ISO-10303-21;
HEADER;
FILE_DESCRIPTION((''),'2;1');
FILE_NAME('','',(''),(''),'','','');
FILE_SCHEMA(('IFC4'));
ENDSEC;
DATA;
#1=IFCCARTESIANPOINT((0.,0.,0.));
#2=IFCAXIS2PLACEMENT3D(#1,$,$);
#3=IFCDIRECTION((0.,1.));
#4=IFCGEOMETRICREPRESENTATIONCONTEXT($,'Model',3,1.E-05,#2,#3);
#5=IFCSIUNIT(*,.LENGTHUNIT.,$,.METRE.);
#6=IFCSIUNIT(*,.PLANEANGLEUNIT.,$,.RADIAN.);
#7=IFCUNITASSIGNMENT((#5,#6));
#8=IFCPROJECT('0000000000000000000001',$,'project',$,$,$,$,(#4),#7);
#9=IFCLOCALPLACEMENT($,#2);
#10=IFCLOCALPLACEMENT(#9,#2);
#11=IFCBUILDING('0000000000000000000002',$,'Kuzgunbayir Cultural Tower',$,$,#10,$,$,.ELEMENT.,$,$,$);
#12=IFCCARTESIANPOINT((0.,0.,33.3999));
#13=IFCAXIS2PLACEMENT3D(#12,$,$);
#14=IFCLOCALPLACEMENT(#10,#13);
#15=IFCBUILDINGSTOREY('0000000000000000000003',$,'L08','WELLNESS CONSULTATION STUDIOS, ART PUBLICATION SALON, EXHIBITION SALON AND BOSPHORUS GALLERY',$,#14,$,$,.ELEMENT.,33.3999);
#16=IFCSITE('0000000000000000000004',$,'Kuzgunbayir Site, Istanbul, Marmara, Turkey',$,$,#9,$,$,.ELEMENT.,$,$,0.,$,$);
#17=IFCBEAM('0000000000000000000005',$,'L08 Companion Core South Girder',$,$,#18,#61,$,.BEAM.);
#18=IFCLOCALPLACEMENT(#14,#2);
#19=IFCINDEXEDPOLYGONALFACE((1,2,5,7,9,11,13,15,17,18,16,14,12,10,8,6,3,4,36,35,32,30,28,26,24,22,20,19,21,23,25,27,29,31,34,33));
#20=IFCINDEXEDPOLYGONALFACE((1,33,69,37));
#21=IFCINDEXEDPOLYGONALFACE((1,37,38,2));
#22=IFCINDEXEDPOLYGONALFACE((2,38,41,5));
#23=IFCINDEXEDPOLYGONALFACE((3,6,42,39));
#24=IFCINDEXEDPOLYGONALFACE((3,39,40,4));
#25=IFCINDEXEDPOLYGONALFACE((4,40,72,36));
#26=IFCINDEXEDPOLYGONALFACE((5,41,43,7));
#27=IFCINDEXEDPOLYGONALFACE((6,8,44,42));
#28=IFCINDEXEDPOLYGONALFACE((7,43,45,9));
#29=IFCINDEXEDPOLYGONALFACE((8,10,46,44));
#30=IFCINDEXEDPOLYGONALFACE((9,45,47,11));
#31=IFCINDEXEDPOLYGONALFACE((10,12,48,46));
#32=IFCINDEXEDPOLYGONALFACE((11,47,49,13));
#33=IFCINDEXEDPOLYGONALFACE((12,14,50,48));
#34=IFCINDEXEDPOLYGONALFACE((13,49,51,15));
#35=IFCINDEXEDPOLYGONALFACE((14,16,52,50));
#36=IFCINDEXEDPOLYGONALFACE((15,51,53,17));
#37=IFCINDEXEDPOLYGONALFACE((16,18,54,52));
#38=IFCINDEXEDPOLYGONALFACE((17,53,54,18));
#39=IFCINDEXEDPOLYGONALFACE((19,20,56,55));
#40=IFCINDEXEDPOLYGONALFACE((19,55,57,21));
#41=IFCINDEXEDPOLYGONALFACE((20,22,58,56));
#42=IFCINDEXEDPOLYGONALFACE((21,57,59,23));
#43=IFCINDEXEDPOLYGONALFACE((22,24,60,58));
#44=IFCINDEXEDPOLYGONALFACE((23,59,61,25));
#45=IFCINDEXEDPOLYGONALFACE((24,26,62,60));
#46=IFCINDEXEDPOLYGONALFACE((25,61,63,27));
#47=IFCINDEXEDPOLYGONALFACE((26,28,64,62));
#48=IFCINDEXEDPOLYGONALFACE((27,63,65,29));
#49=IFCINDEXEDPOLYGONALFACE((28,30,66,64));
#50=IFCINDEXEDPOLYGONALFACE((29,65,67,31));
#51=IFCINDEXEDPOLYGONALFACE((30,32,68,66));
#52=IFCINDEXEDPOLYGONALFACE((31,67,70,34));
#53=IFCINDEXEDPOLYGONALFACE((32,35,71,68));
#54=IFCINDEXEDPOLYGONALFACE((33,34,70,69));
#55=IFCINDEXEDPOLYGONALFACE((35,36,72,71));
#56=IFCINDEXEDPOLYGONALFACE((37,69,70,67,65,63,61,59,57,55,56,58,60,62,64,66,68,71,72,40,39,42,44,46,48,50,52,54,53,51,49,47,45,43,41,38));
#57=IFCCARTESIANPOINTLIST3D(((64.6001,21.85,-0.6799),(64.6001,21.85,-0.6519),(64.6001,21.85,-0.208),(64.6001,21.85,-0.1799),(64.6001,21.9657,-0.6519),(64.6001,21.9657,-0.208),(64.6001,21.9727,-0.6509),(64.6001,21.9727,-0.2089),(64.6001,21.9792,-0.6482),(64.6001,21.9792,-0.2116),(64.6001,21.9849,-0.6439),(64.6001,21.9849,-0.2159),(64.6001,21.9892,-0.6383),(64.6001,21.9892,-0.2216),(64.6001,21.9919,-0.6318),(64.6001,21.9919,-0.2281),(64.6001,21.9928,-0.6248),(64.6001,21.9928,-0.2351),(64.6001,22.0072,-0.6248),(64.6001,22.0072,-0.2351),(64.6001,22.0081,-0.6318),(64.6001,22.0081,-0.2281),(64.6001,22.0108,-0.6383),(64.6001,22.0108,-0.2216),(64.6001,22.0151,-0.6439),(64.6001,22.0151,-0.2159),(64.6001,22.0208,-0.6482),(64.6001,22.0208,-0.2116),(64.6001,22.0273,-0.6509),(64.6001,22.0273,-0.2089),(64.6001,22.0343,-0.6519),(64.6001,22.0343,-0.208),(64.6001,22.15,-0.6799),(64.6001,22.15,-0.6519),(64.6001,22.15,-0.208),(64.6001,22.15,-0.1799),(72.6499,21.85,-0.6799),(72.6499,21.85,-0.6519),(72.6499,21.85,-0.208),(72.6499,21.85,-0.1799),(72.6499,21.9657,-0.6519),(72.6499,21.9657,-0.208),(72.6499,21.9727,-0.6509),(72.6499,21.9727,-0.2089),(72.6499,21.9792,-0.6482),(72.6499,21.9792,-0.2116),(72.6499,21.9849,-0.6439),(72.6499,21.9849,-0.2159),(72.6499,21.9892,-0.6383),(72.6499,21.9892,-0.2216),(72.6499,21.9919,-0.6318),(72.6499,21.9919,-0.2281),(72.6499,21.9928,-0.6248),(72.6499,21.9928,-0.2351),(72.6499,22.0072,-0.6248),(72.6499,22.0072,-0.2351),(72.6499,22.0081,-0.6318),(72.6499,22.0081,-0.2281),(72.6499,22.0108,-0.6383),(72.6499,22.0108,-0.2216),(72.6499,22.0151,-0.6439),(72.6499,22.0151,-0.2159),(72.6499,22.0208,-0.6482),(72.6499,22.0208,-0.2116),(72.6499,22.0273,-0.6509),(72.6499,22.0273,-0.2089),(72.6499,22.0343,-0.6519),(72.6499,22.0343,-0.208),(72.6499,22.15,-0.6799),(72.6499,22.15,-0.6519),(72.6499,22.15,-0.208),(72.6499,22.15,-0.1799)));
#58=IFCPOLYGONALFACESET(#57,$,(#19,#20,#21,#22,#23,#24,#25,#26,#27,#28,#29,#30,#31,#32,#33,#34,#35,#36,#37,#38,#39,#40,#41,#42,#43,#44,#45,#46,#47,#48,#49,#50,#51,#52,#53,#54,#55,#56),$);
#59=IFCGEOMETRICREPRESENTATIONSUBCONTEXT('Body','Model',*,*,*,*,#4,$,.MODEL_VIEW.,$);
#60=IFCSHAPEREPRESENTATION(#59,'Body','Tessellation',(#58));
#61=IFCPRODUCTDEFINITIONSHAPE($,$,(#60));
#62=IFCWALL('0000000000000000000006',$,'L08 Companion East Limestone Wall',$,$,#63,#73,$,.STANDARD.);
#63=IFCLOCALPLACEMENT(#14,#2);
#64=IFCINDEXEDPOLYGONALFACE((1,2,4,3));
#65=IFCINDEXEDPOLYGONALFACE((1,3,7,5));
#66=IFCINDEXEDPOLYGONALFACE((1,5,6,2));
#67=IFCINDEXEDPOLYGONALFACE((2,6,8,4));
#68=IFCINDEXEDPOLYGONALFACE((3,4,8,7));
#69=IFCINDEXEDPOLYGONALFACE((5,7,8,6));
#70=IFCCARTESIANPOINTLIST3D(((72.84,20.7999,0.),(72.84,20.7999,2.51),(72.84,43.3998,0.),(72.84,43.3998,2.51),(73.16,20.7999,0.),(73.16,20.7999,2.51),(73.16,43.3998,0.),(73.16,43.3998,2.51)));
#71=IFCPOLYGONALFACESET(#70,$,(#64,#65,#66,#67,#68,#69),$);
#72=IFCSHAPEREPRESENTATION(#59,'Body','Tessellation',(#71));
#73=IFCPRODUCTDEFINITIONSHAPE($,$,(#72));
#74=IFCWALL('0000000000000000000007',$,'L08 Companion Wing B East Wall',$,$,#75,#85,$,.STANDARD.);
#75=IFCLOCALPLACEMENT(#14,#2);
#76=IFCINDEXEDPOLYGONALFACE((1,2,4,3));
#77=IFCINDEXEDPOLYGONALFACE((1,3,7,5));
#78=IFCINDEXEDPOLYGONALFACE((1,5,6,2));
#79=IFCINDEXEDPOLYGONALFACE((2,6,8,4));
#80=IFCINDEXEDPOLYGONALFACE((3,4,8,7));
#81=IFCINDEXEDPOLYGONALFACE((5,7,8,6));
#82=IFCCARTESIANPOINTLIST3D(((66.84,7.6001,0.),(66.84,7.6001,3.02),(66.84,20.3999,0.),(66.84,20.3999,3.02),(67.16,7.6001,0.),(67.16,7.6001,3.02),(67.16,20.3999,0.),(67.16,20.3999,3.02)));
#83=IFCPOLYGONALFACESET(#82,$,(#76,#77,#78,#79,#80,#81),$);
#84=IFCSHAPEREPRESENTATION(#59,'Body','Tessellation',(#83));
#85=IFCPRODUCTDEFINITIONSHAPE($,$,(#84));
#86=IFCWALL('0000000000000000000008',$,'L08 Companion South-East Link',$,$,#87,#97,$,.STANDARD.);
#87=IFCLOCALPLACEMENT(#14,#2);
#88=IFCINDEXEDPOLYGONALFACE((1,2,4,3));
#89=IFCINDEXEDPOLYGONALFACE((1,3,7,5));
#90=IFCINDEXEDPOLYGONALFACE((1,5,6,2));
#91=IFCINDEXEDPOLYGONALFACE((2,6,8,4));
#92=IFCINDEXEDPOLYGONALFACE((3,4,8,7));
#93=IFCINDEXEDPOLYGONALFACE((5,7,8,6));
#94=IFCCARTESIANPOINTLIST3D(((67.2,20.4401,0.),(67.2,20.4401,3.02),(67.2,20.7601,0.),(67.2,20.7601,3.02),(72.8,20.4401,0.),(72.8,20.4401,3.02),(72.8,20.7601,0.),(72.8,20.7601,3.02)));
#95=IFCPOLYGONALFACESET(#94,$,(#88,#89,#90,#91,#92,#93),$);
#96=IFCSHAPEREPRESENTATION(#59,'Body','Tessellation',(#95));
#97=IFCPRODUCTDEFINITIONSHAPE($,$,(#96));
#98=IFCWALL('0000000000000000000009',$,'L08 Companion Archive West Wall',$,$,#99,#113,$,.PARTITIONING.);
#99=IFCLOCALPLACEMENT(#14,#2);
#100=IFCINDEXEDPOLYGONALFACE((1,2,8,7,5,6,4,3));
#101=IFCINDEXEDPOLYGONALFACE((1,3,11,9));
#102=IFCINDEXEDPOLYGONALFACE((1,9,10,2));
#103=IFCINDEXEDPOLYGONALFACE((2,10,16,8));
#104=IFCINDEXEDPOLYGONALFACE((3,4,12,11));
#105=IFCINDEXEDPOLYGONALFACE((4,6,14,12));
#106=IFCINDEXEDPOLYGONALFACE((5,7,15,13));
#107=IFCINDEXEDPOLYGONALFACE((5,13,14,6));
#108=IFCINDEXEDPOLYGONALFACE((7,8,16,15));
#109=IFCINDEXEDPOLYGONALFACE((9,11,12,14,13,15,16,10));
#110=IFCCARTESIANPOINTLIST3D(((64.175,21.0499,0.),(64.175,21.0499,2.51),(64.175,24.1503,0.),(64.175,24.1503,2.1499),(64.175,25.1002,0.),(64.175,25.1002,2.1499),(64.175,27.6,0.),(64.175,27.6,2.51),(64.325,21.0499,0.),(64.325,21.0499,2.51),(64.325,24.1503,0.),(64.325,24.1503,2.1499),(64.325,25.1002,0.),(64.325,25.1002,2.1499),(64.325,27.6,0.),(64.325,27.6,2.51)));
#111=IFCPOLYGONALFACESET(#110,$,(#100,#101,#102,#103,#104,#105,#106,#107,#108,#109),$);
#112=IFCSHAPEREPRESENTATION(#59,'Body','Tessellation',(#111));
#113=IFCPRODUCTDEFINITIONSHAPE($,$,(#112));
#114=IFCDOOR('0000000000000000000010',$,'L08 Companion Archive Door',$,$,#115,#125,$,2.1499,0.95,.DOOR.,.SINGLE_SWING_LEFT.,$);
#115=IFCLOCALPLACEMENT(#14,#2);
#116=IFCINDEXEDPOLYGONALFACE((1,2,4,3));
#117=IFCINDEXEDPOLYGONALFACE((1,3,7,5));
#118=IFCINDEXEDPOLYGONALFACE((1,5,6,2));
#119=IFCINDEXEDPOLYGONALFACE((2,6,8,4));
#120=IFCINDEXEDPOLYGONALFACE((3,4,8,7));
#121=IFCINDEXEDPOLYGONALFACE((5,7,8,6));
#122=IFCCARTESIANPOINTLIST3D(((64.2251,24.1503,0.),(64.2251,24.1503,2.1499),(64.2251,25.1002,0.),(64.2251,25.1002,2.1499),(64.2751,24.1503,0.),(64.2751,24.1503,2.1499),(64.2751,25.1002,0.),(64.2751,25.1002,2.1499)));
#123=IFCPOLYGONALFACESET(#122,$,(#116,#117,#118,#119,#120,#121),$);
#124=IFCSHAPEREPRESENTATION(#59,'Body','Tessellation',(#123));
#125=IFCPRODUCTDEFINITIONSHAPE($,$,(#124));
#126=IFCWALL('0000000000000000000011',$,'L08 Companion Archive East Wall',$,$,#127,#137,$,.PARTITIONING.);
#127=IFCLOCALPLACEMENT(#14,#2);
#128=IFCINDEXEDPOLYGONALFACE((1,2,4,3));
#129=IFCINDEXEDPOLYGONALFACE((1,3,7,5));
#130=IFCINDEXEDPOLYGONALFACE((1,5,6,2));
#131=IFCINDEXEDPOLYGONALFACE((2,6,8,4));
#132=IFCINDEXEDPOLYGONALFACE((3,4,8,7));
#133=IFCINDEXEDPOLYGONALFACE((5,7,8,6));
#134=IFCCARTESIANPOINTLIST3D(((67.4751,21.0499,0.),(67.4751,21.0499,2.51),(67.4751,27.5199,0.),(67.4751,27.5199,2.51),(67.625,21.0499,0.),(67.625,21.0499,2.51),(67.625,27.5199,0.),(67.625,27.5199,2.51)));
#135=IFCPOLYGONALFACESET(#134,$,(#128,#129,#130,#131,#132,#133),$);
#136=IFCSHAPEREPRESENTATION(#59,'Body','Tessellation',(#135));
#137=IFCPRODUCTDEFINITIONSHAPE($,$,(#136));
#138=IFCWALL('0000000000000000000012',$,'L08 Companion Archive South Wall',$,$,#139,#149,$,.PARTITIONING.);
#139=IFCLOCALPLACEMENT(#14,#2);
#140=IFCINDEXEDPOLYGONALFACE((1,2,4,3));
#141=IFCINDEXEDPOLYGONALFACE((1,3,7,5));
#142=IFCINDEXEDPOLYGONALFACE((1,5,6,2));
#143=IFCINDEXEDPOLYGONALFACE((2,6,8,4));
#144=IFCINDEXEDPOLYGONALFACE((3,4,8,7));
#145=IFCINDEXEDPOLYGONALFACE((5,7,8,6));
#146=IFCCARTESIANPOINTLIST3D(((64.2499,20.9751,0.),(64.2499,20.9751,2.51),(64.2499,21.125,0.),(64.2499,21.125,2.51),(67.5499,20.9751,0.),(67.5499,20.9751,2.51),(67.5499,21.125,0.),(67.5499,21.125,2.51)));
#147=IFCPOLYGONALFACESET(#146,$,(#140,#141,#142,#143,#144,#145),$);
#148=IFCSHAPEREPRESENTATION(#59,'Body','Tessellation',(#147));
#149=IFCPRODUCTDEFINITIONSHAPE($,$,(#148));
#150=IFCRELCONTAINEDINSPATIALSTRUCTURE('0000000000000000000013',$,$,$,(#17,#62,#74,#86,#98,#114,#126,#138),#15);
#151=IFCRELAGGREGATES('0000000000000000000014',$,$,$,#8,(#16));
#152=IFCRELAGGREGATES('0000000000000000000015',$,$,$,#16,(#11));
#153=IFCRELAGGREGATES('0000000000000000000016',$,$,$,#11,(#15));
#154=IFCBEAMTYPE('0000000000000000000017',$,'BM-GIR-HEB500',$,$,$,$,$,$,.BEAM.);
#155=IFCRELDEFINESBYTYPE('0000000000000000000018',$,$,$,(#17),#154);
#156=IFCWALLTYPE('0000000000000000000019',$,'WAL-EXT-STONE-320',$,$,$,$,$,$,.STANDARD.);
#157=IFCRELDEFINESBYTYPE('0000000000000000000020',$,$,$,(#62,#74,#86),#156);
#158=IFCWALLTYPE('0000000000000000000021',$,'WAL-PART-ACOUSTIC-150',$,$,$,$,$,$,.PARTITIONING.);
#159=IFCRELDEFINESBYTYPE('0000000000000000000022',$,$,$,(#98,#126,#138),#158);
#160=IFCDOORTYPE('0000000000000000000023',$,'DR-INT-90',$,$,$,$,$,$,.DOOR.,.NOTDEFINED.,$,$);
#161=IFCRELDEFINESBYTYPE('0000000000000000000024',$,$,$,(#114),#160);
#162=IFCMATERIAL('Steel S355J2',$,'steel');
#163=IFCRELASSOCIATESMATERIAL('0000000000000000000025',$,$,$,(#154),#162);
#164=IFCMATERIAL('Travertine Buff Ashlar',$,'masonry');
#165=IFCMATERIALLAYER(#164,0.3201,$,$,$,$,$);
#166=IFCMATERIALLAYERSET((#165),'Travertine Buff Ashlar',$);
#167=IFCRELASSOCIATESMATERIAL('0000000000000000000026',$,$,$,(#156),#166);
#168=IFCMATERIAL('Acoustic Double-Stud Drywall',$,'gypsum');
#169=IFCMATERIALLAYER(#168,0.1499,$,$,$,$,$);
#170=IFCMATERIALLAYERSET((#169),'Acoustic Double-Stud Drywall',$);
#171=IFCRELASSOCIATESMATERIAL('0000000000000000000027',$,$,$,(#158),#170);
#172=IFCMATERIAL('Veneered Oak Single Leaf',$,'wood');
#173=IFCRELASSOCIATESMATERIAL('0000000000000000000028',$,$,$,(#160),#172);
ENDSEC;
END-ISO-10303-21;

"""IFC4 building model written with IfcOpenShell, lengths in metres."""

from ifc_helpers import new_model, si_unit, direction, frame, frame_2d, origin, origin_2d, place, context, subcontext, project, spatial, rectangle, i_section, extrude, material, layer, layer_set, material_profile, profile_set, type_object, element, fill, save


model = new_model("IFC4")

# Units and contexts
model_context = context("Model", 3, precision=1e-05, world=origin(), true_north=direction((0.0, 1.0)))
body_context = subcontext(model_context, "Body", "Model", "MODEL_VIEW")
ifc_project = project(units=[si_unit("LENGTHUNIT", "METRE"), si_unit("PLANEANGLEUNIT", "RADIAN")], contexts=[model_context])

# Site, building, storey
site_placement = place(None, origin())
site = spatial("IfcSite", under=ifc_project, at=site_placement, Name="Kuzgunbayir Site, Istanbul, Marmara, Turkey", CompositionType="ELEMENT", RefElevation=0.0)
building_placement = place(site_placement, origin())
building = spatial("IfcBuilding", under=site, at=building_placement, Name="Kuzgunbayir Cultural Tower", CompositionType="ELEMENT")
storey_placement = place(building_placement, frame((0.0, 0.0, 33.3999)))
storey = spatial("IfcBuildingStorey", under=building, at=storey_placement, Name="L08", Description="WELLNESS CONSULTATION STUDIOS, ART PUBLICATION SALON, EXHIBITION SALON AND BOSPHORUS GALLERY", CompositionType="ELEMENT", Elevation=33.3999)

# Beam
ifc_material_1 = material(Name="Steel S355J2", Category="steel")
ifc_material_profile_1 = material_profile(ifc_material_1, i_section(OverallWidth=0.3, OverallDepth=0.5, WebThickness=0.0144, FlangeThickness=0.0281, FilletRadius=0.0271, at=origin_2d()), Name="HEB 500")
ifc_profile_set_1 = profile_set([ifc_material_profile_1], Name="Steel S355J2")
beam_type_1 = type_object("IfcBeamType", Name="BM-GIR-HEB500", PredefinedType="BEAM", material=ifc_profile_set_1)
beam_1_placement = place(storey_placement, frame((64.6001, 22.0, -0.4299), z_axis=(1.0, 0.0, 0.0), x_axis=(0.0, 1.0, 0.0)))
element("IfcBeam", 1, at=beam_1_placement, inside=storey, type_object=beam_type_1, Name="L08 Companion Core South Girder", PredefinedType="BEAM", context=body_context, shape_type="SweptSolid", body=[
    extrude(i_section(OverallWidth=0.3, OverallDepth=0.5, WebThickness=0.0144, FlangeThickness=0.0281, FilletRadius=0.0271, at=origin_2d()), origin(), (0.0, 0.0, 1.0), 8.0498),
])

# Walls
ifc_material_2 = material(Name="Travertine Buff Ashlar", Category="masonry")
ifc_layer_1 = layer(ifc_material_2, 0.3201)
ifc_layer_set_1 = layer_set([ifc_layer_1], Name="Travertine Buff Ashlar")
wall_type_1 = type_object("IfcWallType", Name="WAL-EXT-STONE-320", PredefinedType="STANDARD", material=ifc_layer_set_1)
wall_1_placement = place(storey_placement, frame((73.0, 20.8, 0.0), z_axis=(0.0, 0.0, 1.0), x_axis=(0.0, 1.0, 0.0)))
element("IfcWall", 2, at=wall_1_placement, inside=storey, type_object=wall_type_1, Name="L08 Companion East Limestone Wall", PredefinedType="STANDARD", context=body_context, shape_type="SweptSolid", body=[
    extrude(rectangle(XDim=22.5999, YDim=0.3201, at=frame_2d((11.2998, 0.0))), origin(), (0.0, 0.0, 1.0), 2.51),
])
wall_2_placement = place(storey_placement, frame((67.0, 7.6001, 0.0), z_axis=(0.0, 0.0, 1.0), x_axis=(0.0, 1.0, 0.0)))
element("IfcWall", 3, at=wall_2_placement, inside=storey, type_object=wall_type_1, Name="L08 Companion Wing B East Wall", PredefinedType="STANDARD", context=body_context, shape_type="SweptSolid", body=[
    extrude(rectangle(XDim=12.7998, YDim=0.3201, at=frame_2d((6.3999, 0.0))), origin(), (0.0, 0.0, 1.0), 3.02),
])
wall_3_placement = place(storey_placement, frame((67.2, 20.6001, 0.0), z_axis=(0.0, 0.0, 1.0), x_axis=(1.0, 0.0, 0.0)))
element("IfcWall", 4, at=wall_3_placement, inside=storey, type_object=wall_type_1, Name="L08 Companion South-East Link", PredefinedType="STANDARD", context=body_context, shape_type="SweptSolid", body=[
    extrude(rectangle(XDim=5.6001, YDim=0.3201, at=frame_2d((2.8, 0.0))), origin(), (0.0, 0.0, 1.0), 3.02),
])

# Wall, opening, door
ifc_material_3 = material(Name="Acoustic Double-Stud Drywall", Category="gypsum")
ifc_layer_2 = layer(ifc_material_3, 0.1499)
ifc_layer_set_2 = layer_set([ifc_layer_2], Name="Acoustic Double-Stud Drywall")
wall_type_2 = type_object("IfcWallType", Name="WAL-PART-ACOUSTIC-150", PredefinedType="PARTITIONING", material=ifc_layer_set_2)
wall_4_placement = place(storey_placement, frame((64.25, 21.05, 0.0), z_axis=(0.0, 0.0, 1.0), x_axis=(0.0, 1.0, 0.0)))
wall_4 = element("IfcWall", 5, at=wall_4_placement, inside=storey, type_object=wall_type_2, Name="L08 Companion Archive West Wall", PredefinedType="PARTITIONING", context=body_context, shape_type="SweptSolid", body=[
    extrude(rectangle(XDim=6.55, YDim=0.1499, at=frame_2d((3.2749, 0.0))), origin(), (0.0, 0.0, 1.0), 2.51),
])
opening_1_placement = place(wall_4_placement, frame((3.1001, 0.0, 0.0)))
opening_1 = element("IfcOpeningElement", 6, at=opening_1_placement, cuts=wall_4, PredefinedType="OPENING", context=body_context, shape_type="SweptSolid", body=[
    extrude(rectangle(XDim=0.95, YDim=2.1499, at=frame_2d((0.4751, 1.075))), frame((0.0, 0.085, 0.0), z_axis=(0.0, -1.0, 0.0), x_axis=(1.0, 0.0, 0.0)), (0.0, 0.0, 1.0), 0.1699),
])
ifc_material_4 = material(Name="Veneered Oak Single Leaf", Category="wood")
door_type_1 = type_object("IfcDoorType", Name="DR-INT-90", OperationType="NOTDEFINED", PredefinedType="DOOR", material=ifc_material_4)
door_1_placement = place(opening_1_placement, origin())
door_1 = element("IfcDoor", 7, at=door_1_placement, inside=storey, type_object=door_type_1, Name="L08 Companion Archive Door", OperationType="SINGLE_SWING_LEFT", OverallHeight=2.1499, OverallWidth=0.95, PredefinedType="DOOR", context=body_context, shape_type="SweptSolid", body=[
    extrude(rectangle(XDim=0.95, YDim=2.1499, at=frame_2d((0.4751, 1.075))), frame((0.0, 0.0249, 0.0), z_axis=(0.0, -1.0, 0.0), x_axis=(1.0, 0.0, 0.0)), (0.0, 0.0, 1.0), 0.05),
])
fill(opening_1, door_1)

# Walls
wall_5_placement = place(storey_placement, frame((67.55, 21.05, 0.0), z_axis=(0.0, 0.0, 1.0), x_axis=(0.0, 1.0, 0.0)))
element("IfcWall", 8, at=wall_5_placement, inside=storey, type_object=wall_type_2, Name="L08 Companion Archive East Wall", PredefinedType="PARTITIONING", context=body_context, shape_type="SweptSolid", body=[
    extrude(rectangle(XDim=6.47, YDim=0.1499, at=frame_2d((3.2349, 0.0))), origin(), (0.0, 0.0, 1.0), 2.51),
])
wall_6_placement = place(storey_placement, frame((64.25, 21.05, 0.0), z_axis=(0.0, 0.0, 1.0), x_axis=(1.0, 0.0, 0.0)))
element("IfcWall", 9, at=wall_6_placement, inside=storey, type_object=wall_type_2, Name="L08 Companion Archive South Wall", PredefinedType="PARTITIONING", context=body_context, shape_type="SweptSolid", body=[
    extrude(rectangle(XDim=3.3, YDim=0.1499, at=frame_2d((1.6499, 0.0))), origin(), (0.0, 0.0, 1.0), 2.51),
])

save(model, "model.ifc")
